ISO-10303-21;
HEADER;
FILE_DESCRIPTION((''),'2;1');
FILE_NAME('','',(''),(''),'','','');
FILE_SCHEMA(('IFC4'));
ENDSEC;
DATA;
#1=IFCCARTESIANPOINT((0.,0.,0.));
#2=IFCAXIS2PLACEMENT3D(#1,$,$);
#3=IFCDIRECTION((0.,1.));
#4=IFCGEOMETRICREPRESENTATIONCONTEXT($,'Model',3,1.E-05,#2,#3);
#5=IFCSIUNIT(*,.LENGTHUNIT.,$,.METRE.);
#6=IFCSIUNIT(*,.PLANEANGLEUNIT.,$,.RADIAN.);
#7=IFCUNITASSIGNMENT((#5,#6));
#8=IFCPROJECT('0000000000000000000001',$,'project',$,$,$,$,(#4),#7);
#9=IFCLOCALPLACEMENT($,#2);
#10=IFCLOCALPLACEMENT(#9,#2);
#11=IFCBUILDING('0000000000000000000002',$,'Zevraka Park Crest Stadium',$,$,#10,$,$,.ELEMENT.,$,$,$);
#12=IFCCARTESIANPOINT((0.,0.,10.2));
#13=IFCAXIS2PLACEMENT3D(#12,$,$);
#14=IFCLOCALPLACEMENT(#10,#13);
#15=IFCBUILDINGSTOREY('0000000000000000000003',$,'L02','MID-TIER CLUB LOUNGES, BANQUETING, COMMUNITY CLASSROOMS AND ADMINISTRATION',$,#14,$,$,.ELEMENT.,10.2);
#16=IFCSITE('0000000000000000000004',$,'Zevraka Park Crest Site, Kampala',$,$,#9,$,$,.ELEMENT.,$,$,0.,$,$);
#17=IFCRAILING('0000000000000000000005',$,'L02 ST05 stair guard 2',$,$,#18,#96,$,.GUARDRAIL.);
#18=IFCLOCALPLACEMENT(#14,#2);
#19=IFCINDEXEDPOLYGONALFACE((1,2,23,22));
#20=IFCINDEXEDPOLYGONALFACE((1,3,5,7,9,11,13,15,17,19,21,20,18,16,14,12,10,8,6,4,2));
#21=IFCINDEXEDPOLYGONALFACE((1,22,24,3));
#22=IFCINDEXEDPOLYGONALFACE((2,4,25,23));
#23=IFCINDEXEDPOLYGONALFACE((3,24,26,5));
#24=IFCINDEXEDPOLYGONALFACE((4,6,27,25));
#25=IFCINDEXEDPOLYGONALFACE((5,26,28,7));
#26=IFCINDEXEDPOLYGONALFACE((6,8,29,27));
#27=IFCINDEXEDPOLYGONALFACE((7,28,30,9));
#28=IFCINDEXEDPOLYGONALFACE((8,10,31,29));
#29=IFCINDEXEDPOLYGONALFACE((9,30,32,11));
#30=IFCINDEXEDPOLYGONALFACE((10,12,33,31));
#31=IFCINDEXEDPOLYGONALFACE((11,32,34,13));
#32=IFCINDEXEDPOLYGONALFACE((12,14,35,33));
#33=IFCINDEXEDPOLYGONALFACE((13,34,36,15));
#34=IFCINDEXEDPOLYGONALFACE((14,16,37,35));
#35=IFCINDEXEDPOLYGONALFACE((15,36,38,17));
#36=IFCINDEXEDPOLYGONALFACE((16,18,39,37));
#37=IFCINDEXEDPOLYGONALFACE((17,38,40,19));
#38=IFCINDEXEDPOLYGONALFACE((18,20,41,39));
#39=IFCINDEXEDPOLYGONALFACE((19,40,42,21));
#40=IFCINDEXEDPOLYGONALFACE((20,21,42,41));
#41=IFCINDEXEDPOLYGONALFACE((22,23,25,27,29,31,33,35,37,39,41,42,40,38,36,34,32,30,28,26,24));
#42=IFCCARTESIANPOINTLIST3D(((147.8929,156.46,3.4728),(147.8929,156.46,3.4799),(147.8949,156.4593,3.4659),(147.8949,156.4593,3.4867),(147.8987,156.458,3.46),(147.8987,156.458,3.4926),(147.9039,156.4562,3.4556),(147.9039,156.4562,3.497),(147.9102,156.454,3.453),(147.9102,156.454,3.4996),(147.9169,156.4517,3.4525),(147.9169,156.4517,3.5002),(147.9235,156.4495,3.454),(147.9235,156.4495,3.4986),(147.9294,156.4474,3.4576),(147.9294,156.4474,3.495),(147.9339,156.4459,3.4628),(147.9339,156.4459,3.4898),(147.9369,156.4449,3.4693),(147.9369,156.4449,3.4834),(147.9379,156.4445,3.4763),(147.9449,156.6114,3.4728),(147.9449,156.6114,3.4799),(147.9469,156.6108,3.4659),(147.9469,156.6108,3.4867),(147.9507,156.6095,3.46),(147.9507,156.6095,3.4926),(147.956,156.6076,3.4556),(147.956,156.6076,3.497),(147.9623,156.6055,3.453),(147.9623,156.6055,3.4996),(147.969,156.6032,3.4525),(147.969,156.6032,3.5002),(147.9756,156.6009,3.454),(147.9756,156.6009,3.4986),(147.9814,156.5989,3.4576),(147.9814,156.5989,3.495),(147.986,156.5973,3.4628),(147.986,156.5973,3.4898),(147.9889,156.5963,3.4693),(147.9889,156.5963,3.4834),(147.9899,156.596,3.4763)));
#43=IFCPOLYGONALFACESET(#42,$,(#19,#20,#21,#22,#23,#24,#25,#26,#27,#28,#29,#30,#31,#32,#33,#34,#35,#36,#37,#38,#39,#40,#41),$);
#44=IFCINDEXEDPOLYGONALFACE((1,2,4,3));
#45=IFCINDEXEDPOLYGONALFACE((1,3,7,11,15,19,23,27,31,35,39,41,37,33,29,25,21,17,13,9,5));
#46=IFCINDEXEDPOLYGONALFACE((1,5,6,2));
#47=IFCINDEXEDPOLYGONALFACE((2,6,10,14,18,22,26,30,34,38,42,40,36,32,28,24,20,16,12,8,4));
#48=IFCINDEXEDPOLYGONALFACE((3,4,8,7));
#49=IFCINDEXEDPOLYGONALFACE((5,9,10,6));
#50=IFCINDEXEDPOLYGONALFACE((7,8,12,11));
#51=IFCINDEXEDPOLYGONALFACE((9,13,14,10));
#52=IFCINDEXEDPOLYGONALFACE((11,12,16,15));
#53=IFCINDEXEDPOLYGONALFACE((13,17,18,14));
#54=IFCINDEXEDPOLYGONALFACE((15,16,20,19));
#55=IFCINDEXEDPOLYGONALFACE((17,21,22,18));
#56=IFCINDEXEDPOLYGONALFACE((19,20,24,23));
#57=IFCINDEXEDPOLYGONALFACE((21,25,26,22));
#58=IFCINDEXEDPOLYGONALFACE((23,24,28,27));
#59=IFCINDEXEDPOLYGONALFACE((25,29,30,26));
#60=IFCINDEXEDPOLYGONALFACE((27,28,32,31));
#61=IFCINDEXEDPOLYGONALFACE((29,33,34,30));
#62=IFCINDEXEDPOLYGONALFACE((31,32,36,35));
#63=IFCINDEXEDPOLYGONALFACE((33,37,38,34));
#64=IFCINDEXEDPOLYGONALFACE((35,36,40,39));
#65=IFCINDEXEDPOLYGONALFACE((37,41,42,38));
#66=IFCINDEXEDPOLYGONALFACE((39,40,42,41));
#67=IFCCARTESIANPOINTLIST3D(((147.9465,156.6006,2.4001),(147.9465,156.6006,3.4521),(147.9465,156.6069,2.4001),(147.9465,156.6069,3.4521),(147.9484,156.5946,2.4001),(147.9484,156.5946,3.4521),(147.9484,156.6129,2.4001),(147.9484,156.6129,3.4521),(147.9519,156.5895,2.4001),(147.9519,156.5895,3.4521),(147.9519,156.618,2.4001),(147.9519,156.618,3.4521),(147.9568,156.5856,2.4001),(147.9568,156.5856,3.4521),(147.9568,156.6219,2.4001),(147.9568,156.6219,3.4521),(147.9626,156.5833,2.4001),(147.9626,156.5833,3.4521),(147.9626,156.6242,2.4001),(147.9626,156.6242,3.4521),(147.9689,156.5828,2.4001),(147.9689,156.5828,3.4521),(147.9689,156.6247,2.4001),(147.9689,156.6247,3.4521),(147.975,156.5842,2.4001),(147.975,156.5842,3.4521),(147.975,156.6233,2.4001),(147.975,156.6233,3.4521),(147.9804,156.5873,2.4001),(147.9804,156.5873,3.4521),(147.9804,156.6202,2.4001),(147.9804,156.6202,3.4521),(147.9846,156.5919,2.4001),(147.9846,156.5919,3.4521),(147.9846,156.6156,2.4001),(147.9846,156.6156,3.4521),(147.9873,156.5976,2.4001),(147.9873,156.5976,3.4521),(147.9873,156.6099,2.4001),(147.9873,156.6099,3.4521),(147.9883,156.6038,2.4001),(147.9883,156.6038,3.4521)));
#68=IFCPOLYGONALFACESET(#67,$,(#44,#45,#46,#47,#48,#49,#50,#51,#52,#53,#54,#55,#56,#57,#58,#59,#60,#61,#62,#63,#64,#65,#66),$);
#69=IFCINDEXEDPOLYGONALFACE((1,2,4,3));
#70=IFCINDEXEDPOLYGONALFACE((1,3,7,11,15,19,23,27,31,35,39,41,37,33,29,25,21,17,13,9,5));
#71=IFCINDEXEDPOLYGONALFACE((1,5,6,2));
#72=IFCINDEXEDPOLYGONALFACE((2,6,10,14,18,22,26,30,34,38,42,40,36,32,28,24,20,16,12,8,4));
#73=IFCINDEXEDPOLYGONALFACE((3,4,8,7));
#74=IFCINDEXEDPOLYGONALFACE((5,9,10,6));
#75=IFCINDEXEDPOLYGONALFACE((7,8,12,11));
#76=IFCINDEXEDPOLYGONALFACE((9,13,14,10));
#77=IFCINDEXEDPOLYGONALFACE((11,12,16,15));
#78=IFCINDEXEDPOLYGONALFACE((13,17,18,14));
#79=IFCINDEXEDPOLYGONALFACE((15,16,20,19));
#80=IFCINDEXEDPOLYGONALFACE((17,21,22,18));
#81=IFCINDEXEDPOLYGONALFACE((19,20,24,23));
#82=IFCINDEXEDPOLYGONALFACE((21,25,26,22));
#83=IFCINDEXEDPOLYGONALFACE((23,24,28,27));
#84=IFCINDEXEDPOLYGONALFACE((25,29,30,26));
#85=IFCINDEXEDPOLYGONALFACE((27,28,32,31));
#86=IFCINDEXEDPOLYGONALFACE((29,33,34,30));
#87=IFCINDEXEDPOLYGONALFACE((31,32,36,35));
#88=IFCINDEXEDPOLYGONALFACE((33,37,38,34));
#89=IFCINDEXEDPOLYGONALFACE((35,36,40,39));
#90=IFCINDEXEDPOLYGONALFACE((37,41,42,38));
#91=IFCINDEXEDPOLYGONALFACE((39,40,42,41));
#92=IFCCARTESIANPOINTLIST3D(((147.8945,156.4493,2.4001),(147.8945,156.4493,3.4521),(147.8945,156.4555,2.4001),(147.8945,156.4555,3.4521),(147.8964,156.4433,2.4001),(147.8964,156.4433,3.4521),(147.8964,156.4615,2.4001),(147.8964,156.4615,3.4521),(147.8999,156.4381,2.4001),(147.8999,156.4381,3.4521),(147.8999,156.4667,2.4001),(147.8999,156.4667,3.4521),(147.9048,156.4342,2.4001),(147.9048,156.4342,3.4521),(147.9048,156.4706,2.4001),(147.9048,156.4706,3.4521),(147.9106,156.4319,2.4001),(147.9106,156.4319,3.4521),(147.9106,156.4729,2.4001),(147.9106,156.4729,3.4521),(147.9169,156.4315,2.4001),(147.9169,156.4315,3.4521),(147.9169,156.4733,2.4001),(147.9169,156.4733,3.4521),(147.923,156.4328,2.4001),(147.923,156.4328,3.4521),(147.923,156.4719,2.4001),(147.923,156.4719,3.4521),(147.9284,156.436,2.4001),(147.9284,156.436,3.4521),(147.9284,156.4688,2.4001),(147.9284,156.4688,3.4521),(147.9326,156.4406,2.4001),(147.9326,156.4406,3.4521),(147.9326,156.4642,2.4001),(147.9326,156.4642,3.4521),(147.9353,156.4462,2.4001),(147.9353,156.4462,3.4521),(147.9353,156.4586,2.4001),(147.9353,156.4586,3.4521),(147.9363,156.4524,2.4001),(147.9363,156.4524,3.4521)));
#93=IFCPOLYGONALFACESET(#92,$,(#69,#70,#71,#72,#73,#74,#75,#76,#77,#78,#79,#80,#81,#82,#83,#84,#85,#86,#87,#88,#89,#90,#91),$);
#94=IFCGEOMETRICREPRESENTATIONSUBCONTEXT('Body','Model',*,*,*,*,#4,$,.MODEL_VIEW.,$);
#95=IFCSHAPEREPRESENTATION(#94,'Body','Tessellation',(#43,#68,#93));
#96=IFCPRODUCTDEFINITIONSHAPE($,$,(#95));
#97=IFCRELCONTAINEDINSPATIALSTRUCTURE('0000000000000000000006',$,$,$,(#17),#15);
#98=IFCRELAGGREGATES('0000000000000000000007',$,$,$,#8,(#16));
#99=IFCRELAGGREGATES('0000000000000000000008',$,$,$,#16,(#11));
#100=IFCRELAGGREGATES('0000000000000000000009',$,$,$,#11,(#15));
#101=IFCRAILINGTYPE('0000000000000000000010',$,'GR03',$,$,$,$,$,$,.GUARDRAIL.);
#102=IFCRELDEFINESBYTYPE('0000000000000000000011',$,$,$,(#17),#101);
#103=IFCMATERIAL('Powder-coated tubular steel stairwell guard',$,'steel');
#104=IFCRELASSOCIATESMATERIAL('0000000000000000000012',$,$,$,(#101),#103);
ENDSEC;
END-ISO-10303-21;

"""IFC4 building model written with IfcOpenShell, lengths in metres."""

from ifc_helpers import new_model, si_unit, direction, frame, origin, origin_2d, place, context, subcontext, project, spatial, circle, extrude, material, type_object, element, save


model = new_model("IFC4")

# Units and contexts
model_context = context("Model", 3, precision=1e-05, world=origin(), true_north=direction((0.0, 1.0)))
body_context = subcontext(model_context, "Body", "Model", "MODEL_VIEW")
ifc_project = project(units=[si_unit("LENGTHUNIT", "METRE"), si_unit("PLANEANGLEUNIT", "RADIAN")], contexts=[model_context])

# Site, building, storey
site_placement = place(None, origin())
site = spatial("IfcSite", under=ifc_project, at=site_placement, Name="Zevraka Park Crest Site, Kampala", CompositionType="ELEMENT", RefElevation=0.0)
building_placement = place(site_placement, origin())
building = spatial("IfcBuilding", under=site, at=building_placement, Name="Zevraka Park Crest Stadium", CompositionType="ELEMENT")
storey_placement = place(building_placement, frame((0.0, 0.0, 10.2)))
storey = spatial("IfcBuildingStorey", under=building, at=storey_placement, Name="L02", Description="MID-TIER CLUB LOUNGES, BANQUETING, COMMUNITY CLASSROOMS AND ADMINISTRATION", CompositionType="ELEMENT", Elevation=10.2)

# Railing
ifc_material_1 = material(Name="Powder-coated tubular steel stairwell guard", Category="steel")
railing_type_1 = type_object("IfcRailingType", Name="GR03", PredefinedType="GUARDRAIL", material=ifc_material_1)
railing_1_placement = place(storey_placement, frame((147.9673, 156.6038, 2.4001)))
element("IfcRailing", 1, at=railing_1_placement, inside=storey, type_object=railing_type_1, Name="L02 ST05 stair guard 2", PredefinedType="GUARDRAIL", context=body_context, shape_type="SweptSolid", body=[
    extrude(circle(Radius=0.0239, at=origin_2d()), frame((0.0, 0.0, 1.0762), z_axis=(-0.324909, -0.945745, 0.0), x_axis=(0.945745, -0.324909, 0.0)), (0.0, 0.0, 1.0), 0.1602),
    extrude(circle(Radius=0.021, at=origin_2d()), origin(), (0.0, 0.0, 1.0), 1.052),
    extrude(circle(Radius=0.021, at=origin_2d()), frame((-0.052, -0.1514, 0.0)), (0.0, 0.0, 1.0), 1.052),
])

save(model, "model.ifc")
